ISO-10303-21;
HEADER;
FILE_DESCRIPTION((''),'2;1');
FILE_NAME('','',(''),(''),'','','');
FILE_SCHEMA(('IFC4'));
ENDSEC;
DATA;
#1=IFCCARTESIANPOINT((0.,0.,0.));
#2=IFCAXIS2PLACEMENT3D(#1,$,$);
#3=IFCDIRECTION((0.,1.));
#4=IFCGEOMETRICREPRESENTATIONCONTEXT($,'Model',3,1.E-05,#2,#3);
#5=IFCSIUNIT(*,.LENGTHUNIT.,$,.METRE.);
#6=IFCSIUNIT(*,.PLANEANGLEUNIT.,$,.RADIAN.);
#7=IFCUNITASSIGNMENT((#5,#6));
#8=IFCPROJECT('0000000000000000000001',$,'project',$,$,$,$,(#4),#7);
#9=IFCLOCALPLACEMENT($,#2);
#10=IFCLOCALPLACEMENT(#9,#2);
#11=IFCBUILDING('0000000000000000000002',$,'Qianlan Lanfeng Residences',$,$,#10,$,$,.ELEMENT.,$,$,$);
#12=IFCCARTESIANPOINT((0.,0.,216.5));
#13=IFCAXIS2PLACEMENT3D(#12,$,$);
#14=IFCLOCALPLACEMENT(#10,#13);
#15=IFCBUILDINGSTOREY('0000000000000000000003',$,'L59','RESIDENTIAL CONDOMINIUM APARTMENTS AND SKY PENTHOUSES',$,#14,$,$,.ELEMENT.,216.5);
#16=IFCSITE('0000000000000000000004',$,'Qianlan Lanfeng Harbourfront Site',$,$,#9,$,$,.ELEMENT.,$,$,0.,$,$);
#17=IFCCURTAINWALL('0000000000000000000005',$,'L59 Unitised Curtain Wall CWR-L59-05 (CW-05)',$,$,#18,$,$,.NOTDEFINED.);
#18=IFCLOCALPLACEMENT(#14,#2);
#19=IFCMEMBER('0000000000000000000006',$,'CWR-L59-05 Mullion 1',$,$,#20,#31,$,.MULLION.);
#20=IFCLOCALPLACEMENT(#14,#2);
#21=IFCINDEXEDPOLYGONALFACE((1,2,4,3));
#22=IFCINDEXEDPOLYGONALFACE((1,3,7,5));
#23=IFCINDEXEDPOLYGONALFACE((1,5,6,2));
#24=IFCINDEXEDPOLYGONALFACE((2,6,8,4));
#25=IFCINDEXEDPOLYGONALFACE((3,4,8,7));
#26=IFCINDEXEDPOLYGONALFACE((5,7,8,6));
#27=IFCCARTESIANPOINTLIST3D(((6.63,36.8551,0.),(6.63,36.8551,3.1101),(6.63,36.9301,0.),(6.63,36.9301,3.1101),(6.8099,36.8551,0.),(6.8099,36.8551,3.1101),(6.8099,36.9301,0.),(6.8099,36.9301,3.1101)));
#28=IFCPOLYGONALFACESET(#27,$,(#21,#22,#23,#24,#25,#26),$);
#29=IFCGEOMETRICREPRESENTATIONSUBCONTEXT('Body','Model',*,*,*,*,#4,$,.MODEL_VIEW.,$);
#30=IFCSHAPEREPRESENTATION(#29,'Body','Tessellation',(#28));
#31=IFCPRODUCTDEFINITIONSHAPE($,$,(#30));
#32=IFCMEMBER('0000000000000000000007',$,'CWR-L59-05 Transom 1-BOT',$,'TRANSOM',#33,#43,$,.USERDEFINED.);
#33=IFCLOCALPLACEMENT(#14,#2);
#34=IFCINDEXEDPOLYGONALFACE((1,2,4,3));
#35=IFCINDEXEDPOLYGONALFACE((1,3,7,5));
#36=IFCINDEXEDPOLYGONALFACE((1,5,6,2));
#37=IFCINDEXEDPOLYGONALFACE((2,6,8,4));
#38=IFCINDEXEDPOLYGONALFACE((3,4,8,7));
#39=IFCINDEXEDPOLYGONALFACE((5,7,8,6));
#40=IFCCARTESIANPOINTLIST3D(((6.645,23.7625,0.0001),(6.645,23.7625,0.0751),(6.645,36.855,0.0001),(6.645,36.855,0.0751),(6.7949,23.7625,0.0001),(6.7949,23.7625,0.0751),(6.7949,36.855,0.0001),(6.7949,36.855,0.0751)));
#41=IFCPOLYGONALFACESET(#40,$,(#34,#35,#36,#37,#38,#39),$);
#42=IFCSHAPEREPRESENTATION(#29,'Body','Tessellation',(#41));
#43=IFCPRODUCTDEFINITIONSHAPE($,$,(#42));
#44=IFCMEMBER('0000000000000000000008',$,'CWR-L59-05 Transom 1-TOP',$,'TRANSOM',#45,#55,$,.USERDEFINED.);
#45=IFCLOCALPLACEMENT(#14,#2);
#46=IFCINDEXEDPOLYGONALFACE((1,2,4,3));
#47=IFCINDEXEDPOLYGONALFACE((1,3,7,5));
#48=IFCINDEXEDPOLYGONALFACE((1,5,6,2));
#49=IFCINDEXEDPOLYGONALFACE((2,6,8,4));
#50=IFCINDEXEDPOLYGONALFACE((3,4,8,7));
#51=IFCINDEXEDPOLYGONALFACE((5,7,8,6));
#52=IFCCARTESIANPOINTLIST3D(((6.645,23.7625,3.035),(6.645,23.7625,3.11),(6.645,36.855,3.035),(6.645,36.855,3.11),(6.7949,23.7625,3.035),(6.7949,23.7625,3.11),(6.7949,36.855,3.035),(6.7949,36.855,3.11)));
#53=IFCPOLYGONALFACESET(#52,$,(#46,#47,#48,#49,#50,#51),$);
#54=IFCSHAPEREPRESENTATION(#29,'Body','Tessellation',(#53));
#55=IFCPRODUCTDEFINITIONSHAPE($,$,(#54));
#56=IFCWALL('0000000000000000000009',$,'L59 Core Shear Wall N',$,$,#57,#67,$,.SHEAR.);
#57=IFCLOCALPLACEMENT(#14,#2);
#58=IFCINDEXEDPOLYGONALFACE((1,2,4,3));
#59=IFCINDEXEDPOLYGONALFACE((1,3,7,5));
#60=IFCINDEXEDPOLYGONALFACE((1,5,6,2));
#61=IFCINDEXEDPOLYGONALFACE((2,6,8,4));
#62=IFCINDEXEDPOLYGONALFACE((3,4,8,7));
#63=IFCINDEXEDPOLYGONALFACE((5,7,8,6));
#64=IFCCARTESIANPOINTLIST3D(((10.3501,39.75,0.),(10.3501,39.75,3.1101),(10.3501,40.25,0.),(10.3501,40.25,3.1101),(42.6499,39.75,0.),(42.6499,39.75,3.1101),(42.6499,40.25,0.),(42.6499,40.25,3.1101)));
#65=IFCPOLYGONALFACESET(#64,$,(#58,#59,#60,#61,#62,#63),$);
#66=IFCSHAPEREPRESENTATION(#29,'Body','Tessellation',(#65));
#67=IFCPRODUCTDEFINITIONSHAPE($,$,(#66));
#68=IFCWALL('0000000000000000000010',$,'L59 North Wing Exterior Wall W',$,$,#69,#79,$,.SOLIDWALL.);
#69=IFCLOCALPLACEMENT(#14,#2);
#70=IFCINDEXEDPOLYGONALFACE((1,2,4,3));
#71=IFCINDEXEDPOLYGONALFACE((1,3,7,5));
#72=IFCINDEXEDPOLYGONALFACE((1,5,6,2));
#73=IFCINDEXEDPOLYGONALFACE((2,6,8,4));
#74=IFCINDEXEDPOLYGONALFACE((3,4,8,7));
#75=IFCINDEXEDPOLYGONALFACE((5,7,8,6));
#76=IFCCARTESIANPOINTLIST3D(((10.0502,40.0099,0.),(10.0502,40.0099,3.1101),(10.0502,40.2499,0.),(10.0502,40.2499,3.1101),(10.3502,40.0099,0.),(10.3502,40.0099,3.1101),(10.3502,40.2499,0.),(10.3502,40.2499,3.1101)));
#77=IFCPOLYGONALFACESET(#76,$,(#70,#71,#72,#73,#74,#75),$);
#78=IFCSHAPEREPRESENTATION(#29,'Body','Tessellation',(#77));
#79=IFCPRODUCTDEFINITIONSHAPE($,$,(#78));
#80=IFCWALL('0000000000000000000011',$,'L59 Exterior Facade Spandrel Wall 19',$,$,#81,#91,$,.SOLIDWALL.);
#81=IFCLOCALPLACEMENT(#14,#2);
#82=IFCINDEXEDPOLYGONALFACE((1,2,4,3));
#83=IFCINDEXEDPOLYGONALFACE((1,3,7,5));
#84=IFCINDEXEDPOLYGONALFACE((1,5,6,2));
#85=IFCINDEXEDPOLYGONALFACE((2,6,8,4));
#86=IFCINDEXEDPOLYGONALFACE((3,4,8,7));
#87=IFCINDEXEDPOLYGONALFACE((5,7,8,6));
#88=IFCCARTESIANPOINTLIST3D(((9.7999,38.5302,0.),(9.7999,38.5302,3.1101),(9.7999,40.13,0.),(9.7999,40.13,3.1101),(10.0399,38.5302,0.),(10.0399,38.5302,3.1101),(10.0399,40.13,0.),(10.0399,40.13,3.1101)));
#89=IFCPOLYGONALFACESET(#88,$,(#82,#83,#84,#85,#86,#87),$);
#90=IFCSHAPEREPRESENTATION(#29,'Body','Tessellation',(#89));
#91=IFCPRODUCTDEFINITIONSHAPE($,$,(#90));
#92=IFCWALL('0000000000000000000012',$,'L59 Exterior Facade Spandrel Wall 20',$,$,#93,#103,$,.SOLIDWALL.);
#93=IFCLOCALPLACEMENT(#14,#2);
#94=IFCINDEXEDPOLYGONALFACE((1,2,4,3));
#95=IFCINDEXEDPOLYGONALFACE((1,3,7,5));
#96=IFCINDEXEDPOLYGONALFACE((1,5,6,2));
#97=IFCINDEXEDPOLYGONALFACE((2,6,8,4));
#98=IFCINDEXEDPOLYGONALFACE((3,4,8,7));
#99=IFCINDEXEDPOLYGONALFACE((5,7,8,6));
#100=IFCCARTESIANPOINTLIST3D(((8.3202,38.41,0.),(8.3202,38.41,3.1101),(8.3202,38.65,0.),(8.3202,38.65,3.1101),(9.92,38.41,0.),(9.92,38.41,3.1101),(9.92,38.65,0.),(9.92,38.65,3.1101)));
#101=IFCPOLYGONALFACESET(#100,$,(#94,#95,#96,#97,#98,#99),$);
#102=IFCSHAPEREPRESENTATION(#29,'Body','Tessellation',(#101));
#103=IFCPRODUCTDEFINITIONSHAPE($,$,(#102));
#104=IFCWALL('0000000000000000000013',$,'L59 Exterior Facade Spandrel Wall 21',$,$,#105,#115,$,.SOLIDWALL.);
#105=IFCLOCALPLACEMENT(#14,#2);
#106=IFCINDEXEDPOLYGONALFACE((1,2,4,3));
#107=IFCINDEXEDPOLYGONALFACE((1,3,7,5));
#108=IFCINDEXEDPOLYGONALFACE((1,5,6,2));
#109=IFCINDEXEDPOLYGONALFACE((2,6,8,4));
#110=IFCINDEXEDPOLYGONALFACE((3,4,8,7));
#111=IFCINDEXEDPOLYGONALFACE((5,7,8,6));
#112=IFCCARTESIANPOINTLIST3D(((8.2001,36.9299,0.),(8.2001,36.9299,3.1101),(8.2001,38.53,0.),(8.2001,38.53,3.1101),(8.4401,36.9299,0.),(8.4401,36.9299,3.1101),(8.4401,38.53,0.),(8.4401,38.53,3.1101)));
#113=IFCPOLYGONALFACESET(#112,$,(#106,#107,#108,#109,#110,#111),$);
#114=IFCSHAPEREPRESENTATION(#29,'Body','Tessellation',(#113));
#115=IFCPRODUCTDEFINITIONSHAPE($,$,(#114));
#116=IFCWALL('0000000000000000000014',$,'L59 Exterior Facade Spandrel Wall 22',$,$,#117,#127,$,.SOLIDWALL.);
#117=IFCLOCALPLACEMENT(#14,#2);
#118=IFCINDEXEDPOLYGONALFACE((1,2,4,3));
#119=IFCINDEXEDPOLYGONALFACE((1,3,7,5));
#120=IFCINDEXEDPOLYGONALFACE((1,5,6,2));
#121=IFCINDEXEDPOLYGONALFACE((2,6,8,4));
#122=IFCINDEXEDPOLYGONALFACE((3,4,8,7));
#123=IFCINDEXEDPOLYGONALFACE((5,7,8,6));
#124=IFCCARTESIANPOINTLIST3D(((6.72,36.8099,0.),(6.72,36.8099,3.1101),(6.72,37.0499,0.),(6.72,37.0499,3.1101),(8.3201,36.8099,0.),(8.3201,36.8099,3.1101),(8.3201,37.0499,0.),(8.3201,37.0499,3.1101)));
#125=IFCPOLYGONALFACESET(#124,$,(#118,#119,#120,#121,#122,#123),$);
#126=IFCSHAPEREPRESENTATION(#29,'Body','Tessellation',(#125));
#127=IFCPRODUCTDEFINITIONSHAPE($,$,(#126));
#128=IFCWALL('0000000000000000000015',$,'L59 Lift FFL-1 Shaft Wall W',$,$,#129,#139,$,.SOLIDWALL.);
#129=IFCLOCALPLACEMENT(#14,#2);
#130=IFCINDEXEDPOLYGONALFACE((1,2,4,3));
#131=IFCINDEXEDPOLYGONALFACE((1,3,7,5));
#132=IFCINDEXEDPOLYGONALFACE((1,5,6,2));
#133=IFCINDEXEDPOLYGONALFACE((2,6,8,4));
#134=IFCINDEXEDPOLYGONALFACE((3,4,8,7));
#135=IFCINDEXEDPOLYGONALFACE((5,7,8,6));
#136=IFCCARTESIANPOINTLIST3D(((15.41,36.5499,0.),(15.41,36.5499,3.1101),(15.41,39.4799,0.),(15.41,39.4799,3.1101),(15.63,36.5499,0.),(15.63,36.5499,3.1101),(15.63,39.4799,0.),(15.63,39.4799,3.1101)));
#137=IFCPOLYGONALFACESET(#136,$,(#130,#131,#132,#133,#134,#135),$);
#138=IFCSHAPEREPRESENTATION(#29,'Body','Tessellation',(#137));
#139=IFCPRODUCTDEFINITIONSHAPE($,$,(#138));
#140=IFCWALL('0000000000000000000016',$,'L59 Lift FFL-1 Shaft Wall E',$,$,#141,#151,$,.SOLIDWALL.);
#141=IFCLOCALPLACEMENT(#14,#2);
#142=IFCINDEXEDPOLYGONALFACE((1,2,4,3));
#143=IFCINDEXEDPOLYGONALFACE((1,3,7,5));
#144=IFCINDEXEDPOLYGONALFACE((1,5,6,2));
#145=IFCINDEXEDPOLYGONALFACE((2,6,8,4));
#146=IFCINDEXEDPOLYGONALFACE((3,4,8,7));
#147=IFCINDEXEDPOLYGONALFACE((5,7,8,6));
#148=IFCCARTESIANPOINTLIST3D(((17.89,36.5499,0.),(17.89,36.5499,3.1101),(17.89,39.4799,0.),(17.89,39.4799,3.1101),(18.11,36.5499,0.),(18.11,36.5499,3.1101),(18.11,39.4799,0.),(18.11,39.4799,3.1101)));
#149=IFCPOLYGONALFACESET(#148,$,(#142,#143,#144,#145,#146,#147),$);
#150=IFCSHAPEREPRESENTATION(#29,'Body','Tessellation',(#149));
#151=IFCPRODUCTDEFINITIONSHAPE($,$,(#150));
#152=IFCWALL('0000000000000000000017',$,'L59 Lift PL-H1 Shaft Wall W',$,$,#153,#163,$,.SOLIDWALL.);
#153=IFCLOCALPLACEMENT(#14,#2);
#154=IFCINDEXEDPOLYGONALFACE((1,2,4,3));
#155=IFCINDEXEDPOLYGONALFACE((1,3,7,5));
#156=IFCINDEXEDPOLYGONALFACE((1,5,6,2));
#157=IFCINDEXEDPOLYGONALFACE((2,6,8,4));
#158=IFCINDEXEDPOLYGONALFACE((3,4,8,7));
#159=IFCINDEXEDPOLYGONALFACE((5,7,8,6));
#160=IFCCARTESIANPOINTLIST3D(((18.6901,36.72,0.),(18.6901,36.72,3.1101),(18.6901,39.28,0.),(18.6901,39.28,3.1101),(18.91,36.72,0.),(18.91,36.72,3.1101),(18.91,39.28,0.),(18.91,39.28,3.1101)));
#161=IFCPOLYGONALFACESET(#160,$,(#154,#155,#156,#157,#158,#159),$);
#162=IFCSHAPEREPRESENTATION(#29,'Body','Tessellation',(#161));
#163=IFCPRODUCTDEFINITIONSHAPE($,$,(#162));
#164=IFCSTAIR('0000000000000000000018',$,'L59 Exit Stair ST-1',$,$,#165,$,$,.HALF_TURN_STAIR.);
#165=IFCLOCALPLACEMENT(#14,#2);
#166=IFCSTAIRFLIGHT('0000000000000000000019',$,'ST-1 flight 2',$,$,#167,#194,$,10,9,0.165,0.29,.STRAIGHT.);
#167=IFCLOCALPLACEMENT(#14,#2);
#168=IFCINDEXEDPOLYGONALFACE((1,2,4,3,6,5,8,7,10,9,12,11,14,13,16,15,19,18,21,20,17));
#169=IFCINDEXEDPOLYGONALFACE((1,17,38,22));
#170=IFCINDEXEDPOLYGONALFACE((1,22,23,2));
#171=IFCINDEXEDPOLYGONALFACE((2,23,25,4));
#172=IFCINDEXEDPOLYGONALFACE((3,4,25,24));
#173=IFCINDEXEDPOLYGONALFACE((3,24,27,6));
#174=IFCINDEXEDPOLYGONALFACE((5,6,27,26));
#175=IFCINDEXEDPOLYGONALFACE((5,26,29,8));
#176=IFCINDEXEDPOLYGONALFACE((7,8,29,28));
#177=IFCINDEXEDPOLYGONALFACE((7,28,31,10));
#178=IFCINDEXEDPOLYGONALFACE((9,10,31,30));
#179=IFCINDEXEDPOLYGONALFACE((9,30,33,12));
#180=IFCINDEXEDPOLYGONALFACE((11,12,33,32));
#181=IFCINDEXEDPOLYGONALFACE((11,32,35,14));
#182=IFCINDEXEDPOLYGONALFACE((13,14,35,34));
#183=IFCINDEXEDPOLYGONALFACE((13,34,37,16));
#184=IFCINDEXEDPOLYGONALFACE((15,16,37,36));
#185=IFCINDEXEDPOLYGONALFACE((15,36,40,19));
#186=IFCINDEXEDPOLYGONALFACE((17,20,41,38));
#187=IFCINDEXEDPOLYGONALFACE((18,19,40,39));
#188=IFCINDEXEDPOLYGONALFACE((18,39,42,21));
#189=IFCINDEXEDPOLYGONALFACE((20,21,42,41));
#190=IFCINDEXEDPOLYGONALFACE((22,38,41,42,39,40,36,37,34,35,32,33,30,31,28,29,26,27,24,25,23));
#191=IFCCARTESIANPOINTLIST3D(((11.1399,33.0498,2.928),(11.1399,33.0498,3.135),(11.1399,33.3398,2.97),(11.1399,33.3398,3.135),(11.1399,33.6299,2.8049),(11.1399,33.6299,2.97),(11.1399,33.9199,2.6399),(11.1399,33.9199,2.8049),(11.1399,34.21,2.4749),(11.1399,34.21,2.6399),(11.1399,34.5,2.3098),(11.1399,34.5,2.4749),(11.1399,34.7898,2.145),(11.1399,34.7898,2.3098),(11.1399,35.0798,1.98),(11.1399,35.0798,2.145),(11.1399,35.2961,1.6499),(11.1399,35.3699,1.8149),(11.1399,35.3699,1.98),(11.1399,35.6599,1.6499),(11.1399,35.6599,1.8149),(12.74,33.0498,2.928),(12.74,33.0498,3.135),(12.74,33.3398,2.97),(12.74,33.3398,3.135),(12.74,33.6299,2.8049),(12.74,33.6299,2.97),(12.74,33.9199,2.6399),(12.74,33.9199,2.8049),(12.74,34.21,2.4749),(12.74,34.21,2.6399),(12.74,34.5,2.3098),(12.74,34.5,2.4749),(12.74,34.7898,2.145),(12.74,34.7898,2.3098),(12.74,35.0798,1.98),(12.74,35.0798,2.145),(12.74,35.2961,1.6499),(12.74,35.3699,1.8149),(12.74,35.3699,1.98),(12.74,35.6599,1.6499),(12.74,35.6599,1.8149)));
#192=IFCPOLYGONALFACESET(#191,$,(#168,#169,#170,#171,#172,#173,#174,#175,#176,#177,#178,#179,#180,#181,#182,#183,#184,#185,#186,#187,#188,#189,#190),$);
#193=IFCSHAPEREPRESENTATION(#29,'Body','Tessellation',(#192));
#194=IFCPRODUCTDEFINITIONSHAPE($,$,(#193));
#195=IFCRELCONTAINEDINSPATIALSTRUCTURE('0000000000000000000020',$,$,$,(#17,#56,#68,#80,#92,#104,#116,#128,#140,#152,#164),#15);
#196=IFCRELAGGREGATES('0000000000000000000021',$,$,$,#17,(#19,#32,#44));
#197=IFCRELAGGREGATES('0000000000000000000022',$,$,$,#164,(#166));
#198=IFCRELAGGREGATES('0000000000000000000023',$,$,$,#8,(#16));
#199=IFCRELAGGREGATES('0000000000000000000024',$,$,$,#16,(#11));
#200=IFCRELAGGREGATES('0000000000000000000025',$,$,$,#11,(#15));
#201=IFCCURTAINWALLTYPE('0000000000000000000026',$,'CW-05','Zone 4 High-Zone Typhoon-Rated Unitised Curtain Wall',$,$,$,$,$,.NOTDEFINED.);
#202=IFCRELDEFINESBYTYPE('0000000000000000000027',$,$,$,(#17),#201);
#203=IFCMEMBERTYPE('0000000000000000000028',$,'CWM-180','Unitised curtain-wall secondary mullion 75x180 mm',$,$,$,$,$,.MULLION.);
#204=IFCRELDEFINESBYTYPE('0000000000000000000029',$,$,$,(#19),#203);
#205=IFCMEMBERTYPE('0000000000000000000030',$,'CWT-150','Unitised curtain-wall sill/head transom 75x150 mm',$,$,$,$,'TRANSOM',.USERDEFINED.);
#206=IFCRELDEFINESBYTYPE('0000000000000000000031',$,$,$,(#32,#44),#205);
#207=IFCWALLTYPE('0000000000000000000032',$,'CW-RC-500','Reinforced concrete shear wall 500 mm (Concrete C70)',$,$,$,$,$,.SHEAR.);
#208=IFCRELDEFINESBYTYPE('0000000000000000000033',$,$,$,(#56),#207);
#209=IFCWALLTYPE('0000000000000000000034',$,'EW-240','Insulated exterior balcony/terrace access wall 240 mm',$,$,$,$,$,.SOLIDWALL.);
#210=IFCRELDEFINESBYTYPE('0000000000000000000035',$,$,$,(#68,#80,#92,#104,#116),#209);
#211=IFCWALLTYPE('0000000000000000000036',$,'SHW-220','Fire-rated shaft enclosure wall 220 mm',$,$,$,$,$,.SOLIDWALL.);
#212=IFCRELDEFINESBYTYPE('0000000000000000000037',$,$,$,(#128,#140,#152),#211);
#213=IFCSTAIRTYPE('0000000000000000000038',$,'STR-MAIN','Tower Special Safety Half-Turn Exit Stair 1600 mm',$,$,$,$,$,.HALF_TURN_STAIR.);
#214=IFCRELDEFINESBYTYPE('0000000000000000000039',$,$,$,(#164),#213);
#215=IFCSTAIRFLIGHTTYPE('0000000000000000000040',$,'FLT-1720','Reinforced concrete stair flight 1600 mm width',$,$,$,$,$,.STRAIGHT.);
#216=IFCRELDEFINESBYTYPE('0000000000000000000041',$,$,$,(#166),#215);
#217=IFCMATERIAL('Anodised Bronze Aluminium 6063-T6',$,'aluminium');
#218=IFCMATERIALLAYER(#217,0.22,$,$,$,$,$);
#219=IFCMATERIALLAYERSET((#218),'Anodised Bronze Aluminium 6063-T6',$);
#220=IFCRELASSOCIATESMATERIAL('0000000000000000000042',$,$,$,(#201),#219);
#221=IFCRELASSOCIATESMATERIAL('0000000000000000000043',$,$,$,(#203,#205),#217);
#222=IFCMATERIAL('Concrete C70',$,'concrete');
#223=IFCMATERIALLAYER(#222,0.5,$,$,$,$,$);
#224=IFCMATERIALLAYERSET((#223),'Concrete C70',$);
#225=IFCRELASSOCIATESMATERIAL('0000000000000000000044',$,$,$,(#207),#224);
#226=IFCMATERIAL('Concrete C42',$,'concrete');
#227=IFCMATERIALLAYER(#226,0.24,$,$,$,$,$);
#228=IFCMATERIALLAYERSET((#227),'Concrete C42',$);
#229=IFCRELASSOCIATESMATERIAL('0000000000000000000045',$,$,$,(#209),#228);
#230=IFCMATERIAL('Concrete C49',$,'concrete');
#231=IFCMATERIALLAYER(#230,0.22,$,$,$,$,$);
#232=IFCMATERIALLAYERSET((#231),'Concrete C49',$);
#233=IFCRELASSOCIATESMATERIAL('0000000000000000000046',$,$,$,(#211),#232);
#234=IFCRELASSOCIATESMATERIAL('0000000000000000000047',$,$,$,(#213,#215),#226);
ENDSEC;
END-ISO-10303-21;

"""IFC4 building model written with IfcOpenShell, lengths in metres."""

from ifc_helpers import new_model, si_unit, direction, frame, frame_2d, origin, origin_2d, place, context, subcontext, project, spatial, polyline, rectangle, outline, extrude, source, transform, mapped, material, layer, layer_set, material_profile, profile_set, type_object, element, aggregate, save


model = new_model("IFC4")

# Units and contexts
model_context = context("Model", 3, precision=1e-05, world=origin(), true_north=direction((0.0, 1.0)))
body_context = subcontext(model_context, "Body", "Model", "MODEL_VIEW")
ifc_project = project(units=[si_unit("LENGTHUNIT", "METRE"), si_unit("PLANEANGLEUNIT", "RADIAN")], contexts=[model_context])

# Site, building, storey
site_placement = place(None, origin())
site = spatial("IfcSite", under=ifc_project, at=site_placement, Name="Qianlan Lanfeng Harbourfront Site", CompositionType="ELEMENT", RefElevation=0.0)
building_placement = place(site_placement, origin())
building = spatial("IfcBuilding", under=site, at=building_placement, Name="Qianlan Lanfeng Residences", CompositionType="ELEMENT")
storey_placement = place(building_placement, frame((0.0, 0.0, 216.5)))
storey = spatial("IfcBuildingStorey", under=building, at=storey_placement, Name="L59", Description="RESIDENTIAL CONDOMINIUM APARTMENTS AND SKY PENTHOUSES", CompositionType="ELEMENT", Elevation=216.5)

# Curtain wall, members
ifc_material_1 = material(Name="Anodised Bronze Aluminium 6063-T6", Category="aluminium")
ifc_layer_1 = layer(ifc_material_1, 0.22)
ifc_layer_set_1 = layer_set([ifc_layer_1], Name="Anodised Bronze Aluminium 6063-T6")
curtain_wall_type = type_object("IfcCurtainWallType", Name="CW-05", Description="Zone 4 High-Zone Typhoon-Rated Unitised Curtain Wall", PredefinedType="NOTDEFINED", material=ifc_layer_set_1)
curtain_wall_placement = place(storey_placement, origin())
curtain_wall = element("IfcCurtainWall", 1, at=curtain_wall_placement, inside=storey, type_object=curtain_wall_type, Name="L59 Unitised Curtain Wall CWR-L59-05 (CW-05)", PredefinedType="NOTDEFINED")
ifc_material_profile_1 = material_profile(ifc_material_1, rectangle(XDim=0.075, YDim=0.1799, at=origin_2d()), Name="ALU MULLION 75x180")
ifc_profile_set_1 = profile_set([ifc_material_profile_1], Name="Anodised Bronze Aluminium 6063-T6")
member_type_1 = type_object("IfcMemberType", Name="CWM-180", Description="Unitised curtain-wall secondary mullion 75x180 mm", PredefinedType="MULLION", material=ifc_profile_set_1)
shared_shape_1 = source(origin(), body_context, "Body", "SweptSolid", [
    extrude(rectangle(XDim=0.075, YDim=0.1799, at=origin_2d()), origin(), (0.0, 0.0, 1.0), 3.1101),
])
member_1_placement = place(storey_placement, frame((6.72, 36.8926, 0.0), z_axis=(0.0, 0.0, 1.0), x_axis=(0.0, -1.0, 0.0)))
member_1 = element("IfcMember", 2, at=member_1_placement, type_object=member_type_1, Name="CWR-L59-05 Mullion 1", PredefinedType="MULLION", context=body_context, shape_type="MappedRepresentation", body=[
    mapped(shared_shape_1, transform((0.0, 0.0, 0.0), scale=1.0)),
])
ifc_material_profile_2 = material_profile(ifc_material_1, rectangle(XDim=0.075, YDim=0.1499, at=origin_2d()), Name="ALU TRANSOM 75x150")
ifc_profile_set_2 = profile_set([ifc_material_profile_2], Name="Anodised Bronze Aluminium 6063-T6")
member_type_2 = type_object("IfcMemberType", Name="CWT-150", Description="Unitised curtain-wall sill/head transom 75x150 mm", ElementType="TRANSOM", PredefinedType="USERDEFINED", material=ifc_profile_set_2)
shared_shape_2 = source(origin(), body_context, "Body", "SweptSolid", [
    extrude(rectangle(XDim=0.075, YDim=0.1499, at=origin_2d()), origin(), (0.0, 0.0, 1.0), 13.0925),
])
member_2_placement = place(storey_placement, frame((6.72, 36.855, 0.0376), z_axis=(0.0, -1.0, 0.0), x_axis=(0.0, 0.0, 1.0)))
member_2 = element("IfcMember", 3, at=member_2_placement, type_object=member_type_2, Name="CWR-L59-05 Transom 1-BOT", ObjectType="TRANSOM", PredefinedType="USERDEFINED", context=body_context, shape_type="MappedRepresentation", body=[
    mapped(shared_shape_2, transform((0.0, 0.0, 0.0), scale=1.0)),
])
member_3_placement = place(storey_placement, frame((6.72, 36.855, 3.0725), z_axis=(0.0, -1.0, 0.0), x_axis=(0.0, 0.0, 1.0)))
member_3 = element("IfcMember", 4, at=member_3_placement, type_object=member_type_2, Name="CWR-L59-05 Transom 1-TOP", ObjectType="TRANSOM", PredefinedType="USERDEFINED", context=body_context, shape_type="MappedRepresentation", body=[
    mapped(shared_shape_2, transform((0.0, 0.0, 0.0), scale=1.0)),
])
aggregate(curtain_wall, [member_1, member_2, member_3])

# Shared definitions
ifc_material_2 = material(Name="Concrete C49", Category="concrete")

# Walls
ifc_material_3 = material(Name="Concrete C70", Category="concrete")
ifc_layer_2 = layer(ifc_material_3, 0.5)
ifc_layer_set_2 = layer_set([ifc_layer_2], Name="Concrete C70")
wall_type_1 = type_object("IfcWallType", Name="CW-RC-500", Description="Reinforced concrete shear wall 500 mm (Concrete C70)", PredefinedType="SHEAR", material=ifc_layer_set_2)
wall_1_placement = place(storey_placement, frame((10.3501, 40.0, 0.0), z_axis=(0.0, 0.0, 1.0), x_axis=(1.0, 0.0, 0.0)))
element("IfcWall", 5, at=wall_1_placement, inside=storey, type_object=wall_type_1, Name="L59 Core Shear Wall N", PredefinedType="SHEAR", context=body_context, shape_type="SweptSolid", body=[
    extrude(rectangle(XDim=32.2998, YDim=0.5, at=frame_2d((16.1499, 0.0))), origin(), (0.0, 0.0, 1.0), 3.1101),
])
ifc_material_4 = material(Name="Concrete C42", Category="concrete")
ifc_layer_3 = layer(ifc_material_4, 0.24)
ifc_layer_set_3 = layer_set([ifc_layer_3], Name="Concrete C42")
wall_type_2 = type_object("IfcWallType", Name="EW-240", Description="Insulated exterior balcony/terrace access wall 240 mm", PredefinedType="SOLIDWALL", material=ifc_layer_set_3)
wall_2_placement = place(storey_placement, frame((10.3501, 40.1299, 0.0), z_axis=(0.0, 0.0, 1.0), x_axis=(-1.0, 0.0, 0.0)))
element("IfcWall", 6, at=wall_2_placement, inside=storey, type_object=wall_type_2, Name="L59 North Wing Exterior Wall W", PredefinedType="SOLIDWALL", context=body_context, shape_type="SweptSolid", body=[
    extrude(rectangle(XDim=0.3, YDim=0.24, at=frame_2d((0.1499, 0.0))), origin(), (0.0, 0.0, 1.0), 3.1101),
])
for number, where, z_axis, x_axis, name in (
    (7, (9.9199, 40.1299, 0.0), (0.0, 0.0, 1.0), (0.0, -1.0, 0.0), "L59 Exterior Facade Spandrel Wall 19"),
    (8, (9.9199, 38.53, 0.0), (0.0, 0.0, 1.0), (-1.0, 0.0, 0.0), "L59 Exterior Facade Spandrel Wall 20"),
):
    element("IfcWall", number, at=place(storey_placement, frame(where, z_axis=z_axis, x_axis=x_axis)), inside=storey, type_object=wall_type_2, Name=name, PredefinedType="SOLIDWALL", context=body_context, shape_type="SweptSolid", body=[
        extrude(rectangle(XDim=1.5999, YDim=0.24, at=frame_2d((0.7998, 0.0))), origin(), (0.0, 0.0, 1.0), 3.1101),
    ])
for number, where, z_axis, x_axis, name in (
    (9, (8.3201, 38.53, 0.0), (0.0, 0.0, 1.0), (0.0, -1.0, 0.0), "L59 Exterior Facade Spandrel Wall 21"),
    (10, (8.3201, 36.9299, 0.0), (0.0, 0.0, 1.0), (-1.0, 0.0, 0.0), "L59 Exterior Facade Spandrel Wall 22"),
):
    element("IfcWall", number, at=place(storey_placement, frame(where, z_axis=z_axis, x_axis=x_axis)), inside=storey, type_object=wall_type_2, Name=name, PredefinedType="SOLIDWALL", context=body_context, shape_type="SweptSolid", body=[
        extrude(rectangle(XDim=1.6001, YDim=0.24, at=frame_2d((0.8, 0.0))), origin(), (0.0, 0.0, 1.0), 3.1101),
    ])
ifc_layer_4 = layer(ifc_material_2, 0.22)
ifc_layer_set_4 = layer_set([ifc_layer_4], Name="Concrete C49")
wall_type_3 = type_object("IfcWallType", Name="SHW-220", Description="Fire-rated shaft enclosure wall 220 mm", PredefinedType="SOLIDWALL", material=ifc_layer_set_4)
for number, where, z_axis, x_axis, name in (
    (11, (15.52, 36.55, 0.0), (0.0, 0.0, 1.0), (0.0, 1.0, 0.0), "L59 Lift FFL-1 Shaft Wall W"),
    (12, (18.0, 36.55, 0.0), (0.0, 0.0, 1.0), (0.0, 1.0, 0.0), "L59 Lift FFL-1 Shaft Wall E"),
):
    element("IfcWall", number, at=place(storey_placement, frame(where, z_axis=z_axis, x_axis=x_axis)), inside=storey, type_object=wall_type_3, Name=name, PredefinedType="SOLIDWALL", context=body_context, shape_type="SweptSolid", body=[
        extrude(rectangle(XDim=2.9299, YDim=0.22, at=frame_2d((1.4648, 0.0))), origin(), (0.0, 0.0, 1.0), 3.1101),
    ])
wall_3_placement = place(storey_placement, frame((18.8, 36.72, 0.0), z_axis=(0.0, 0.0, 1.0), x_axis=(0.0, 1.0, 0.0)))
element("IfcWall", 13, at=wall_3_placement, inside=storey, type_object=wall_type_3, Name="L59 Lift PL-H1 Shaft Wall W", PredefinedType="SOLIDWALL", context=body_context, shape_type="SweptSolid", body=[
    extrude(rectangle(XDim=2.5601, YDim=0.22, at=frame_2d((1.28, 0.0))), origin(), (0.0, 0.0, 1.0), 3.1101),
])

# Stair, stair flight
stair_type = type_object("IfcStairType", Name="STR-MAIN", Description="Tower Special Safety Half-Turn Exit Stair 1600 mm", PredefinedType="HALF_TURN_STAIR", material=ifc_material_4)
stair_placement = place(storey_placement, origin())
stair = element("IfcStair", 14, at=stair_placement, inside=storey, type_object=stair_type, Name="L59 Exit Stair ST-1", PredefinedType="HALF_TURN_STAIR")
stair_flight_type = type_object("IfcStairFlightType", Name="FLT-1720", Description="Reinforced concrete stair flight 1600 mm width", PredefinedType="STRAIGHT", material=ifc_material_4)
stair_flight_placement = place(storey_placement, frame((11.9399, 35.6599, 1.6499), z_axis=(0.0, 0.0, 1.0), x_axis=(0.0, -1.0, 0.0)))
stair_flight = element("IfcStairFlight", 15, at=stair_flight_placement, type_object=stair_flight_type, Name="ST-1 flight 2", NumberOfRisers=10, NumberOfTreads=9, PredefinedType="STRAIGHT", RiserHeight=0.165, TreadLength=0.29, context=body_context, shape_type="SweptSolid", body=[
    extrude(outline(polyline([(0.0, 0.0), (0.0, 0.165), (0.29, 0.165), (0.29, 0.3301), (0.5801, 0.3301), (0.5801, 0.4951), (0.8701, 0.4951), (0.8701, 0.6599), (1.1599, 0.6599), (1.1599, 0.825), (1.45, 0.825), (1.45, 0.99), (1.74, 0.99), (1.74, 1.155), (2.03, 1.155), (2.03, 1.3201), (2.3201, 1.3201), (2.3201, 1.4851), (2.6101, 1.4851), (2.6101, 1.6499), (2.6101, 1.2781), (0.3638, 0.0), (0.0, 0.0)])), frame((0.0, 0.8, 0.0), z_axis=(0.0, -1.0, 0.0), x_axis=(1.0, 0.0, 0.0)), (0.0, 0.0, 1.0), 1.6001),
])
aggregate(stair, [stair_flight])

save(model, "model.ifc")
